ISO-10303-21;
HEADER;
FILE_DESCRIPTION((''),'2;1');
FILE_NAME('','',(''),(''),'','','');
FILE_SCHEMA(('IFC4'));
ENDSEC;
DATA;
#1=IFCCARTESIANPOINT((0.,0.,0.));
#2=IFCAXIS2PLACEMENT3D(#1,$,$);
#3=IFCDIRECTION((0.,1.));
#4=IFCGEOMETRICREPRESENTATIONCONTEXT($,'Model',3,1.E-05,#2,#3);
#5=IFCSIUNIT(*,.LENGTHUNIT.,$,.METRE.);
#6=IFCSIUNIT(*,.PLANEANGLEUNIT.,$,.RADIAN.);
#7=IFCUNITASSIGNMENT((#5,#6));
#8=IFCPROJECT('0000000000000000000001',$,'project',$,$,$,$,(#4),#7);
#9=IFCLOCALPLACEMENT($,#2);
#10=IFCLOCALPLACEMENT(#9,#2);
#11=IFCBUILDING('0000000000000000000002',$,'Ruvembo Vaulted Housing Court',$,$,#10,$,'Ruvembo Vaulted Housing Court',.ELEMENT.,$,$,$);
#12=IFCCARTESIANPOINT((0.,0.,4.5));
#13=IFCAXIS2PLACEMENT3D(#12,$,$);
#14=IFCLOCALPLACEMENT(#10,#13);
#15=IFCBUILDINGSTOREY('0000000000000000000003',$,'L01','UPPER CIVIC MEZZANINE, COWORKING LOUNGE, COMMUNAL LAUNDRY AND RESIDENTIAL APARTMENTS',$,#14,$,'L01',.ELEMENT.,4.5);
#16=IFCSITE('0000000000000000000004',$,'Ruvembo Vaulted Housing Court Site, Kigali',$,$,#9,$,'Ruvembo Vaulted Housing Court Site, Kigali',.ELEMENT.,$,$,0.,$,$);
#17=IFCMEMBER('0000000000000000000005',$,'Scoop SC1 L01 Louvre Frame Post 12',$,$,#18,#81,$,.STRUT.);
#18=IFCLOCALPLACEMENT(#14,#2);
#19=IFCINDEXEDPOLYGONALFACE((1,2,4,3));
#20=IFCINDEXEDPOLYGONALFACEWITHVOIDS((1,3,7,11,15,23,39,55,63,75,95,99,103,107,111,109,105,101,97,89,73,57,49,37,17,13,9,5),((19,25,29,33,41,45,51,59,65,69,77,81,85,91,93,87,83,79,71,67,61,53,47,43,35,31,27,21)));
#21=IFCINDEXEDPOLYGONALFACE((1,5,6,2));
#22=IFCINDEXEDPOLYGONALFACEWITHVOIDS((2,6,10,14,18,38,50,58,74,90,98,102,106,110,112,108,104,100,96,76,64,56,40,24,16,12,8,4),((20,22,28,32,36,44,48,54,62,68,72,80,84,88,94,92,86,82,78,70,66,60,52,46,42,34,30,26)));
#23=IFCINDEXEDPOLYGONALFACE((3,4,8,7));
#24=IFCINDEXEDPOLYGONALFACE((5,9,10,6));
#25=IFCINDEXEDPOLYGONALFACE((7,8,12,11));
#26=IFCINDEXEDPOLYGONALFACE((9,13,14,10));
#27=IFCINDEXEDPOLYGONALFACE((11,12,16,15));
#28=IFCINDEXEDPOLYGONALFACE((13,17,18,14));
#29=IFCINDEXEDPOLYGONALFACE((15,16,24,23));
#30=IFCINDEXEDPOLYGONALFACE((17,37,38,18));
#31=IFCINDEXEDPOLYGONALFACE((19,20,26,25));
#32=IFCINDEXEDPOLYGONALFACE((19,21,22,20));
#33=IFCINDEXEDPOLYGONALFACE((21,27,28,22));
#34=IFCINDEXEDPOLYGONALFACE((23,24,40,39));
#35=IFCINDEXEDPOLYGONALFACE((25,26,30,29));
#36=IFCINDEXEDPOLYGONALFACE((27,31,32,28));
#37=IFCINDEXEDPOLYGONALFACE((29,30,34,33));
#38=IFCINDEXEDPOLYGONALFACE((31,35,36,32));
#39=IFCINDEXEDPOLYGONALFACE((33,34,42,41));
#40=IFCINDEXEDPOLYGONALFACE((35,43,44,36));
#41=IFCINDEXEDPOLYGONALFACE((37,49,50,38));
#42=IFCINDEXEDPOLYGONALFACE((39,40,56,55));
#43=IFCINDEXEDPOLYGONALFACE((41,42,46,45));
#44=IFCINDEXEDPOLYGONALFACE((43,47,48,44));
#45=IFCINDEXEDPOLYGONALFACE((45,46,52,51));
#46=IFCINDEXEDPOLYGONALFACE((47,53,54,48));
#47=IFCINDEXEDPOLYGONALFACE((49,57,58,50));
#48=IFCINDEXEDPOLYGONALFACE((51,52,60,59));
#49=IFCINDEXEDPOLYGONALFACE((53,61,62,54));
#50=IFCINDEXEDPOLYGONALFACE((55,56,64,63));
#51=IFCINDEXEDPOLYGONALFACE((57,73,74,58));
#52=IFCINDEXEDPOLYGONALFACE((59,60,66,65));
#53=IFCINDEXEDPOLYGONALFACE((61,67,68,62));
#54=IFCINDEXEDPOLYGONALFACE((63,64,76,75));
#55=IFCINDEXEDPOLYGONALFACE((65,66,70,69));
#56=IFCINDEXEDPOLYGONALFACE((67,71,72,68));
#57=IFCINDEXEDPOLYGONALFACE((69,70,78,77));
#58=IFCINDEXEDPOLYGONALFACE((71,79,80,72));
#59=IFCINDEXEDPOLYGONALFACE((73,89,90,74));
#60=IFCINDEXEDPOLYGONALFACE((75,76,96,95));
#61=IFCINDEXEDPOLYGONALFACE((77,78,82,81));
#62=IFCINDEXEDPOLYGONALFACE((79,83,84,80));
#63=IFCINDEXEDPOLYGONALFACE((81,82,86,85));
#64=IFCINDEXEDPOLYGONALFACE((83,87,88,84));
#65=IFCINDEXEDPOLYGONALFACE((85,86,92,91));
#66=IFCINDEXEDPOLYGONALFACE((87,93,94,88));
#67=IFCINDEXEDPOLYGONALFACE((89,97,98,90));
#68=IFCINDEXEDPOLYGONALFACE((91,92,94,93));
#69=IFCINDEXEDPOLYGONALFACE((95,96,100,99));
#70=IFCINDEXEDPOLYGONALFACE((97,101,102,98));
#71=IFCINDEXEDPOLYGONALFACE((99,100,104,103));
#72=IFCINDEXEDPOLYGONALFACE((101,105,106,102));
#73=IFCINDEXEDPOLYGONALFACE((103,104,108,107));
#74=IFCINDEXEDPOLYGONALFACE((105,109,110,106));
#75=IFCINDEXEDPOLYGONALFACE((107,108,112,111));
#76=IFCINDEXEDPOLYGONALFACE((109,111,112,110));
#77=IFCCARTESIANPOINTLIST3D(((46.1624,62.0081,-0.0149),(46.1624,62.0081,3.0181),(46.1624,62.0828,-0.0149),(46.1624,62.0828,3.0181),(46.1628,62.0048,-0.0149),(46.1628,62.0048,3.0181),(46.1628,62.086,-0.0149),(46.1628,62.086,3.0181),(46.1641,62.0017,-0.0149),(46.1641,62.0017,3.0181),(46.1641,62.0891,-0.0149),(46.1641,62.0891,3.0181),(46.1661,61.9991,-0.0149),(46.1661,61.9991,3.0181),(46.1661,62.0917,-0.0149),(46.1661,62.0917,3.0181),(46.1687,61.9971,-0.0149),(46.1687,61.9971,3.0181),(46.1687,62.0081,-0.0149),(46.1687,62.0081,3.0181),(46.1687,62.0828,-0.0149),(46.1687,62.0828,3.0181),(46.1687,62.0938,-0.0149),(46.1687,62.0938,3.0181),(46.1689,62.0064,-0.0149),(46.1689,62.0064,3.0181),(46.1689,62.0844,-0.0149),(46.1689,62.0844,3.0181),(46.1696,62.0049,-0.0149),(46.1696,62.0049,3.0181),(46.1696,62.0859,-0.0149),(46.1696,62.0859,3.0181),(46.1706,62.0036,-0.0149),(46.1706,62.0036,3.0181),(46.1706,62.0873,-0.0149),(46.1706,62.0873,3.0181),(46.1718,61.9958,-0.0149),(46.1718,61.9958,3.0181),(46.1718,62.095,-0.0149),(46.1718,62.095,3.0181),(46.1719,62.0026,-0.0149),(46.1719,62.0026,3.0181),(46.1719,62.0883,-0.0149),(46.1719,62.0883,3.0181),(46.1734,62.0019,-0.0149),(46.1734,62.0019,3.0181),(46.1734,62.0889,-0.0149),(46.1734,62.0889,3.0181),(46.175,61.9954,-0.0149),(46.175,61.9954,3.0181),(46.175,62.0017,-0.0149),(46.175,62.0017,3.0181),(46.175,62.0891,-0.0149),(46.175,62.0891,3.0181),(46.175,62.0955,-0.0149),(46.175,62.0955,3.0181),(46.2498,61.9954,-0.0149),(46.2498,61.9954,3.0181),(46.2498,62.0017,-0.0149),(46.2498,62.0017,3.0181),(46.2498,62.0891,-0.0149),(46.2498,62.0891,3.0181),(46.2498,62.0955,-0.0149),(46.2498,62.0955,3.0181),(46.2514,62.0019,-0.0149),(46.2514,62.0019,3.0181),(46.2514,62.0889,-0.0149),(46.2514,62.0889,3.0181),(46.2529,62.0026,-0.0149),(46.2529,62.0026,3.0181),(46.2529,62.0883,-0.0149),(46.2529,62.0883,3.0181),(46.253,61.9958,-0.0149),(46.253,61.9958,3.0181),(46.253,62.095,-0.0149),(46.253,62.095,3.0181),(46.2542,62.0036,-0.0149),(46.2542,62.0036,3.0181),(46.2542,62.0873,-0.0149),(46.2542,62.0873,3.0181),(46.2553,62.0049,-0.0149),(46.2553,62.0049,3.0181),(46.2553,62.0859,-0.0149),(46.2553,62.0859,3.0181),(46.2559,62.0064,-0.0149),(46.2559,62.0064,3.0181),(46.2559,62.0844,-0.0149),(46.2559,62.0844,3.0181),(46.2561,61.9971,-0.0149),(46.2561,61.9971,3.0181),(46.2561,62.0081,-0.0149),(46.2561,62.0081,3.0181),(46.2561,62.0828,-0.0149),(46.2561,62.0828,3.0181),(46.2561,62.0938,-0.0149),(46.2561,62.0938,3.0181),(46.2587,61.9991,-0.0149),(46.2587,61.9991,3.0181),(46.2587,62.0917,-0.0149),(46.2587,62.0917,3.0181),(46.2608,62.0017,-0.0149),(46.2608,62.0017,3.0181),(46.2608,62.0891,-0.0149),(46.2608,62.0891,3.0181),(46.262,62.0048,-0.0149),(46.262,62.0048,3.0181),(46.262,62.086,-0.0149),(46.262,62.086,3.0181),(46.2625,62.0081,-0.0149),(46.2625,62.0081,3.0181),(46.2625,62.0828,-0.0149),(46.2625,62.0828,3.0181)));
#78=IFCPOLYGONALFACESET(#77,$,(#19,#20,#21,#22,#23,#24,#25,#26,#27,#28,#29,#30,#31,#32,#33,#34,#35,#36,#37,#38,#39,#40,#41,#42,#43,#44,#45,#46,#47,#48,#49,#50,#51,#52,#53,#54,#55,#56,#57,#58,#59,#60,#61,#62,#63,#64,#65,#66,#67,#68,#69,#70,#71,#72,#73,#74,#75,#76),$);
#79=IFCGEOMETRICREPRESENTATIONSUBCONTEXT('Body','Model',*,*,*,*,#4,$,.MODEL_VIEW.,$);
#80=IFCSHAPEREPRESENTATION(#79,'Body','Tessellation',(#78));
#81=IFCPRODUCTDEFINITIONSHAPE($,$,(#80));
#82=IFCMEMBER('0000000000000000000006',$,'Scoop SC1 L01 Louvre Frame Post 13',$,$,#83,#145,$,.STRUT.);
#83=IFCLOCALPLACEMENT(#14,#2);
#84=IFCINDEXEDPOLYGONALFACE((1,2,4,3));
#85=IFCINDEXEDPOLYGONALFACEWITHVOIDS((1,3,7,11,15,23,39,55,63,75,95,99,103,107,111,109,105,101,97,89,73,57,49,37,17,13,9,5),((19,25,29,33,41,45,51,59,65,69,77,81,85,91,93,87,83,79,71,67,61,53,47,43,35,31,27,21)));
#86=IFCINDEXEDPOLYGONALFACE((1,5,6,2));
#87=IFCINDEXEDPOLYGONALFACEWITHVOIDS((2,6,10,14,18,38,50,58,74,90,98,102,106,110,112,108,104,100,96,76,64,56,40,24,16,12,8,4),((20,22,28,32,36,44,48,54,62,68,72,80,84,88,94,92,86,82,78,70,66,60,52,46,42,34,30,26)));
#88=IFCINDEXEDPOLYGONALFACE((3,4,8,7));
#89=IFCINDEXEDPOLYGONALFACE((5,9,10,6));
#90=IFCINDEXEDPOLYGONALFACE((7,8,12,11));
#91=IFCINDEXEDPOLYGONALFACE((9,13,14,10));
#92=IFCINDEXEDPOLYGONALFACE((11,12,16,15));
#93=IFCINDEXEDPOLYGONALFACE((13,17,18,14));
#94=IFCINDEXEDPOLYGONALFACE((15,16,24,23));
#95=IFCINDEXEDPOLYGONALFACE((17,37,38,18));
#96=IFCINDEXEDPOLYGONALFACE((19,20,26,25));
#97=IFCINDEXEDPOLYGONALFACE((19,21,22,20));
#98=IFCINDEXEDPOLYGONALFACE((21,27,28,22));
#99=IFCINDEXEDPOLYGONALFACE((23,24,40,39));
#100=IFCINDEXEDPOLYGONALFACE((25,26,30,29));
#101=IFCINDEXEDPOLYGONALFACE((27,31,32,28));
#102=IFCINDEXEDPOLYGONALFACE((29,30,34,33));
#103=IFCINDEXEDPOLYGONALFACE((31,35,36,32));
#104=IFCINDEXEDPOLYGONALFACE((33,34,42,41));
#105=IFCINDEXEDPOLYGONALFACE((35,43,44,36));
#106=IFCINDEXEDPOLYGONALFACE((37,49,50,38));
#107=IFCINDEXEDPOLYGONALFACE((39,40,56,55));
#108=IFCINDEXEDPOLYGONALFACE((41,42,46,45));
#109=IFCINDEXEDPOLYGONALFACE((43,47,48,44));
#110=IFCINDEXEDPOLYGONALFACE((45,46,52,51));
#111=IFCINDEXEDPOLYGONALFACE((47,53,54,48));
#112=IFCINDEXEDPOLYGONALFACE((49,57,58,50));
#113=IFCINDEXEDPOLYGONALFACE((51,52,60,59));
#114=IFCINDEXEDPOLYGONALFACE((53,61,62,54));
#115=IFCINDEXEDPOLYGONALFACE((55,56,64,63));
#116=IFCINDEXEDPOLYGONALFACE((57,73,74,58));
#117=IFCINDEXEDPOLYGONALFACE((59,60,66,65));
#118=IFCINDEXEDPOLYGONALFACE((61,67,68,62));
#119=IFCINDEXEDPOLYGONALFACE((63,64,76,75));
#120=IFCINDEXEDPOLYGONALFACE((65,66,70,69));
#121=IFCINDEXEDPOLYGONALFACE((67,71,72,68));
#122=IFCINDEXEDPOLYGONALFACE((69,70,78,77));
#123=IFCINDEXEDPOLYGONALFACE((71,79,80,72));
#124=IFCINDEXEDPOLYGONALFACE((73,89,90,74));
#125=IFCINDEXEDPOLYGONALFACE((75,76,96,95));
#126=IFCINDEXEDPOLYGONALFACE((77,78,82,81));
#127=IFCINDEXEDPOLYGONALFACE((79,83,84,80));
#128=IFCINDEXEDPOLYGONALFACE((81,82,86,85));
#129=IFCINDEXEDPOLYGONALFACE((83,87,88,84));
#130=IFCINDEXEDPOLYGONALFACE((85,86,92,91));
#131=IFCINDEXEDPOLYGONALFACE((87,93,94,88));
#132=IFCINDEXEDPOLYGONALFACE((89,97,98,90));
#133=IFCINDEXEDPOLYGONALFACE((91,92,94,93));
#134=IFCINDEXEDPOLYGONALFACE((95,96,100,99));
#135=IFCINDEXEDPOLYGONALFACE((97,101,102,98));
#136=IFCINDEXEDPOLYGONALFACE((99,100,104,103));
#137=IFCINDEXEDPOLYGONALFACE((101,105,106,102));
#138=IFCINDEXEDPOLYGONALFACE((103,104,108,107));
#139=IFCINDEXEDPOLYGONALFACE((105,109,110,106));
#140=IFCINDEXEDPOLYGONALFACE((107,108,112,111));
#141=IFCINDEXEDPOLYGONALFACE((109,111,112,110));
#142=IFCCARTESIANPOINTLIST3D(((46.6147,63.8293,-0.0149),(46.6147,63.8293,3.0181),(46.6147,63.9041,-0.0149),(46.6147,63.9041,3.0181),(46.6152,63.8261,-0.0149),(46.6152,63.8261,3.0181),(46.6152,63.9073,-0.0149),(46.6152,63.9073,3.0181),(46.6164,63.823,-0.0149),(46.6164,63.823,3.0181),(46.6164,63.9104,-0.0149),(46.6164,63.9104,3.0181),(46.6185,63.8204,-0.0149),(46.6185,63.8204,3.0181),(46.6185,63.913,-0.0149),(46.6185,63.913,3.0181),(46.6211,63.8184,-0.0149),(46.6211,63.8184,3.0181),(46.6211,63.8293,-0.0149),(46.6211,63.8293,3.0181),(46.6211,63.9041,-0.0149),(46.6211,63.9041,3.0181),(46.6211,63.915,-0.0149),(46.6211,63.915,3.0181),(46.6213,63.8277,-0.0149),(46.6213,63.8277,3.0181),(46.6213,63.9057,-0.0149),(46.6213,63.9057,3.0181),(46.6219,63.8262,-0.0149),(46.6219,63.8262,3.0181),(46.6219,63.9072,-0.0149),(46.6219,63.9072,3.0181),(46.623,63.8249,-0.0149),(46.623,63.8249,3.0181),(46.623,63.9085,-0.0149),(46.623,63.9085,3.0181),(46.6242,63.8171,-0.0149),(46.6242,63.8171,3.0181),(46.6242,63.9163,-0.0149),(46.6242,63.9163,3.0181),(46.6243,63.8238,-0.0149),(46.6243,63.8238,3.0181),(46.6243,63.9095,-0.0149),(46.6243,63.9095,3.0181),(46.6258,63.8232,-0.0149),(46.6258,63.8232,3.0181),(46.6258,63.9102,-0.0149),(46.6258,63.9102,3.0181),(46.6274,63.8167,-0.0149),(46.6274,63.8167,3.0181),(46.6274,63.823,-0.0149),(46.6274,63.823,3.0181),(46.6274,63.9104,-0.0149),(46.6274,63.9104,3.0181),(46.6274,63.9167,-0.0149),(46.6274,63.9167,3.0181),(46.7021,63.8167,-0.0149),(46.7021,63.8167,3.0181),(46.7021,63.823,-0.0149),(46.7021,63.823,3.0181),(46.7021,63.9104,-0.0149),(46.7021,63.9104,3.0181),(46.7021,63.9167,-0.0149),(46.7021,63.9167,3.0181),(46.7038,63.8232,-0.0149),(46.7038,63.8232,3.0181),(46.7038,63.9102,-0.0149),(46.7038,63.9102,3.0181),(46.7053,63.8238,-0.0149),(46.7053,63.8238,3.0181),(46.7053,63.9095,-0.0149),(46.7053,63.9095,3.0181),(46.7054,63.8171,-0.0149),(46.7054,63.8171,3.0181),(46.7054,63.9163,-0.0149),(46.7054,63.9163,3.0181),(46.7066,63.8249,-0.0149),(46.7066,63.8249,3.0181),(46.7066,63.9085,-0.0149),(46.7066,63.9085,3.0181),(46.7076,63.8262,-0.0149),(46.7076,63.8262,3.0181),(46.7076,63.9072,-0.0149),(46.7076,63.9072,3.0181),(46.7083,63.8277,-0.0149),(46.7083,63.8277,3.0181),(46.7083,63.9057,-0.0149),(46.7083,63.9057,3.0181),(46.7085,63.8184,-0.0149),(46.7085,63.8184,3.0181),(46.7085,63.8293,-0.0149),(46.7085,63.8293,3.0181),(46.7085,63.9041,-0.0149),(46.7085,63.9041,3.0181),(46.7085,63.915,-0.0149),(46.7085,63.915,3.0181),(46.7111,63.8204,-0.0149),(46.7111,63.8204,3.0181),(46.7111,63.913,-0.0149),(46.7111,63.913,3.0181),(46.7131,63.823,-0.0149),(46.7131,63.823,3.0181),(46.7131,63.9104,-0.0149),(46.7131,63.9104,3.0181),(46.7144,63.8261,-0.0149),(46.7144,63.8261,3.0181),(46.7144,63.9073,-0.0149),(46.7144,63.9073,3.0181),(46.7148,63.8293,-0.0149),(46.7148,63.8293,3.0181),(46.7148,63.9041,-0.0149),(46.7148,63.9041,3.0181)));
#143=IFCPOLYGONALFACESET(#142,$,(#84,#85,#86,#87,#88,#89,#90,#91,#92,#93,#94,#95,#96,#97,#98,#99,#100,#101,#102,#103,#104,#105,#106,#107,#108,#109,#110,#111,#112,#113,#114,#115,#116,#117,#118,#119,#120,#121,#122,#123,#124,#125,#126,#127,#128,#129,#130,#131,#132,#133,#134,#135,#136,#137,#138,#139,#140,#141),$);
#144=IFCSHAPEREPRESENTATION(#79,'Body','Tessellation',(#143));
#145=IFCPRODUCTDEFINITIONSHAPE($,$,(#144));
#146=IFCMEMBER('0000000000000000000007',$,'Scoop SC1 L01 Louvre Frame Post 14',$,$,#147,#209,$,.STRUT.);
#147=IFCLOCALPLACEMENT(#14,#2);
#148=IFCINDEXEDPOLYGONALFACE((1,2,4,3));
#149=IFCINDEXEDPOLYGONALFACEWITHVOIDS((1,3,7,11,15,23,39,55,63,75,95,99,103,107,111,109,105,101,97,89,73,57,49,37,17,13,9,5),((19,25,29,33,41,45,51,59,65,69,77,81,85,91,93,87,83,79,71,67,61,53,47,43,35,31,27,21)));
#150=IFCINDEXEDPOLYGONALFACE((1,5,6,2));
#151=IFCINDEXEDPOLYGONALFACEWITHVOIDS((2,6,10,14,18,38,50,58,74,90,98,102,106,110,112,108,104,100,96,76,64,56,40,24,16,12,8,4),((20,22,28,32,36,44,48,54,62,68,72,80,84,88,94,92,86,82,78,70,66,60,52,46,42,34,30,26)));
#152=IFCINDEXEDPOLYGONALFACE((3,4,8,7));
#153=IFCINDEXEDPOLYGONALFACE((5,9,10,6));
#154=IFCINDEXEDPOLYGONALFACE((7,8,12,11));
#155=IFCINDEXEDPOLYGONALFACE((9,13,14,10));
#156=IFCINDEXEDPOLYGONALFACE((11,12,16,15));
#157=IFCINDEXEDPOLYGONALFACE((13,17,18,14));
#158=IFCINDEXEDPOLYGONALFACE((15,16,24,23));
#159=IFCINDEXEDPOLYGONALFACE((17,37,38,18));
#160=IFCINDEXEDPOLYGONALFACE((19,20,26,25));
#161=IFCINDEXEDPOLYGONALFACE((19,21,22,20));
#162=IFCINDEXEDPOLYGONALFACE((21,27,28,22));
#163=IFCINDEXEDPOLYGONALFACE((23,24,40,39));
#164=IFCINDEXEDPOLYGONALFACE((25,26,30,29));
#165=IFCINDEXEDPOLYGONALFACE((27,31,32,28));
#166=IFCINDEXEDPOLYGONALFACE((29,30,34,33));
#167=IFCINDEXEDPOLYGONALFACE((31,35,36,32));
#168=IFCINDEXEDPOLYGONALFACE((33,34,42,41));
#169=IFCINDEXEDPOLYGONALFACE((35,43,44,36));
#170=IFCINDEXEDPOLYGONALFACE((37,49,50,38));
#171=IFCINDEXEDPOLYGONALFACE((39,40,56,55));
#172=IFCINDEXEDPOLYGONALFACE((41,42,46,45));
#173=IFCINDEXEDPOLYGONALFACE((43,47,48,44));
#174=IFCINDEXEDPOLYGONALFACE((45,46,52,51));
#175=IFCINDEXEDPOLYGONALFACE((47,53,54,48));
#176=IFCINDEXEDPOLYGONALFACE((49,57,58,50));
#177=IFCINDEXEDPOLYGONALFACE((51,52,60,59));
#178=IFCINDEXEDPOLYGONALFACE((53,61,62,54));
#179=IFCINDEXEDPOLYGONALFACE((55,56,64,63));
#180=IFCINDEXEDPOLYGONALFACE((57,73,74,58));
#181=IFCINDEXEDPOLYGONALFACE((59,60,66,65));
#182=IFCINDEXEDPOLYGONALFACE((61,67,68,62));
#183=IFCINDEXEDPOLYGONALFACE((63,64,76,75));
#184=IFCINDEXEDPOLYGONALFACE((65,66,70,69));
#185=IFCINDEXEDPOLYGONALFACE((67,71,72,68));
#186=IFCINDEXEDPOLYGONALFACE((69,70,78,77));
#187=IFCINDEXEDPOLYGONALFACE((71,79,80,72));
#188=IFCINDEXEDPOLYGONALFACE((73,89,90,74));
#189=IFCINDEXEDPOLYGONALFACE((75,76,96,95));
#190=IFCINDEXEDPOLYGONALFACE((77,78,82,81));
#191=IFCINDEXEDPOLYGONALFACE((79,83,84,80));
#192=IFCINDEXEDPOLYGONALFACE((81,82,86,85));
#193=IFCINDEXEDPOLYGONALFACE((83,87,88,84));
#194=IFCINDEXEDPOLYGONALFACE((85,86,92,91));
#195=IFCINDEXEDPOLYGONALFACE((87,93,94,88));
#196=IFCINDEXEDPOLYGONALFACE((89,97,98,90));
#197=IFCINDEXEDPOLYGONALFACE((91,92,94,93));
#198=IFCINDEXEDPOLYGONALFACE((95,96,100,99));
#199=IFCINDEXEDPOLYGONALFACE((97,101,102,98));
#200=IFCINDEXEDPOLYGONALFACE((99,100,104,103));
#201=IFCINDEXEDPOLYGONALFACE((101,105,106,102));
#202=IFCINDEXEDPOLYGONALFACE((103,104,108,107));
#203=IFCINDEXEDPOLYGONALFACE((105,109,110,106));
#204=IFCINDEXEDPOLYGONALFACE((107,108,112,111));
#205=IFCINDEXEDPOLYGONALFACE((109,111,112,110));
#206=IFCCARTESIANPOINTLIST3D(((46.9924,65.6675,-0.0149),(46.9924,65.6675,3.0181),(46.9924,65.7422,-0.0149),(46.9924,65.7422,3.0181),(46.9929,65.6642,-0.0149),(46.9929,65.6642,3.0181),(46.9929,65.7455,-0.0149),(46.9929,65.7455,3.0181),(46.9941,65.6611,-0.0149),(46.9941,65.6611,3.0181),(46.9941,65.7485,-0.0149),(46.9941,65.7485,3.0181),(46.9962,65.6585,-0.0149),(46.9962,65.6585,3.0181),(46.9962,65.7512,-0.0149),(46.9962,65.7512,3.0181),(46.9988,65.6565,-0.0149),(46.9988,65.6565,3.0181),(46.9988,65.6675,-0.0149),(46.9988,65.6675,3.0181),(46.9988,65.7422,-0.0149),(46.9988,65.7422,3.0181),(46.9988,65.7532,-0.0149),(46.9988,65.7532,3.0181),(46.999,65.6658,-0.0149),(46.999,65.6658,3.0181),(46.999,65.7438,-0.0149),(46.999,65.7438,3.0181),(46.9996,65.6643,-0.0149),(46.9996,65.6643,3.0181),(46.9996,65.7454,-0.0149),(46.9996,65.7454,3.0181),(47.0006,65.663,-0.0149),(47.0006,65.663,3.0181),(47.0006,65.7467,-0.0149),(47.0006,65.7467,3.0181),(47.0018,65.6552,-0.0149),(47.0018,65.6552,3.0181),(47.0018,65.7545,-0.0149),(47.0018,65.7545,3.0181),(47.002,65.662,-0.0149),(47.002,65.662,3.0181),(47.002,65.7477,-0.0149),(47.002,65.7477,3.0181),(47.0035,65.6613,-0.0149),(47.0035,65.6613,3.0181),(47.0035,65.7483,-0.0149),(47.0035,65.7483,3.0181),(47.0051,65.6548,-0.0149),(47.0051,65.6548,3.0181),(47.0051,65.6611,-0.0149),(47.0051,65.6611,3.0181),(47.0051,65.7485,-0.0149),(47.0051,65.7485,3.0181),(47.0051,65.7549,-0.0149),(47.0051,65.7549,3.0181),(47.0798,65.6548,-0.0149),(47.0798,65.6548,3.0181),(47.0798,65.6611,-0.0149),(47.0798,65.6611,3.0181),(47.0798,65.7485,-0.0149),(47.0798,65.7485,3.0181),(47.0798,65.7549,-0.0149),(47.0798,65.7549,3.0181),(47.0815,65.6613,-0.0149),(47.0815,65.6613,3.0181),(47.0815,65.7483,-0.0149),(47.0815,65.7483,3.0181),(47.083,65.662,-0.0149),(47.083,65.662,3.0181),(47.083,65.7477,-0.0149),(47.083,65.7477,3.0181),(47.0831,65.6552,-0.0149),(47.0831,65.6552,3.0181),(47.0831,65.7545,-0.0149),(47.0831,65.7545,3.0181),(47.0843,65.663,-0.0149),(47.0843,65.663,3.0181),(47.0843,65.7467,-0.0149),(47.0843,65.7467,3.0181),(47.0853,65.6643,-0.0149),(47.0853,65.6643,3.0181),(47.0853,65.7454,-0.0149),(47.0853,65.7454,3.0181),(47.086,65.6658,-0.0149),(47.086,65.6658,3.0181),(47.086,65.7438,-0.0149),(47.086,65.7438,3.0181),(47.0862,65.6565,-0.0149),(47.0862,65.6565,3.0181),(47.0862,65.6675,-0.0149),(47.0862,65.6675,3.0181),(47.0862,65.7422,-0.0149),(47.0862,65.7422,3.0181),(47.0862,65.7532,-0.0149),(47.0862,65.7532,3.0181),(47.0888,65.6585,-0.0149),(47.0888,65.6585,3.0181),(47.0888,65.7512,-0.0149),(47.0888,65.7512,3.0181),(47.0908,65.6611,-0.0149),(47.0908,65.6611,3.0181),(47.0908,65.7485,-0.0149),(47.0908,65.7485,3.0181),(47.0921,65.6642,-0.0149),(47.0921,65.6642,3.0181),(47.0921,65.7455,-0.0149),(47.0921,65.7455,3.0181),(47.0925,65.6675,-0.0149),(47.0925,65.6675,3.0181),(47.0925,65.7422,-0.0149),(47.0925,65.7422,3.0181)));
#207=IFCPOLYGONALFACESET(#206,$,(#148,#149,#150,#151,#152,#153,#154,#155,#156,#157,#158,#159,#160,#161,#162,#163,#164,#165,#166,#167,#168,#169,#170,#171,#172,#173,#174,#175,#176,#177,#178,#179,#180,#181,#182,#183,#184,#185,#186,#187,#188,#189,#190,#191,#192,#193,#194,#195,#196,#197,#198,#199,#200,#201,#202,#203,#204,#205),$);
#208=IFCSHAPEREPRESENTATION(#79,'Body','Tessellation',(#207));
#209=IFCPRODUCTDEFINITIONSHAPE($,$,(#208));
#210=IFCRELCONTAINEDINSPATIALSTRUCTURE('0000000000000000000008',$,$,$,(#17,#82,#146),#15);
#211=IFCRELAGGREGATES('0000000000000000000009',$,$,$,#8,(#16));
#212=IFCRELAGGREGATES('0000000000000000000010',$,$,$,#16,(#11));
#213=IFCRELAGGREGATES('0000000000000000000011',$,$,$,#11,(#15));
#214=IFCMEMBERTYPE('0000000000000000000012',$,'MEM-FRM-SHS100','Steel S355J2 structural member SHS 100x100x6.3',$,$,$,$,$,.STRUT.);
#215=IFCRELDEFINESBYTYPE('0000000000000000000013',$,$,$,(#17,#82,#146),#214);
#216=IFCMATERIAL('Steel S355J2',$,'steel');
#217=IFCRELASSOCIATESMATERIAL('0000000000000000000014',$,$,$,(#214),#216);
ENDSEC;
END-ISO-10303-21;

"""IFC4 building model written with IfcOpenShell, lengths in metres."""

from ifc_helpers import new_model, si_unit, direction, frame, origin, origin_2d, place, context, subcontext, project, spatial, hollow_rectangle, extrude, material, material_profile, profile_set, type_object, element, save


model = new_model("IFC4")

# Units and contexts
model_context = context("Model", 3, precision=1e-05, world=origin(), true_north=direction((0.0, 1.0)))
body_context = subcontext(model_context, "Body", "Model", "MODEL_VIEW")
ifc_project = project(units=[si_unit("LENGTHUNIT", "METRE"), si_unit("PLANEANGLEUNIT", "RADIAN")], contexts=[model_context])

# Site, building, storey
site_placement = place(None, origin())
site = spatial("IfcSite", under=ifc_project, at=site_placement, Name="Ruvembo Vaulted Housing Court Site, Kigali", LongName="Ruvembo Vaulted Housing Court Site, Kigali", CompositionType="ELEMENT", RefElevation=0.0)
building_placement = place(site_placement, origin())
building = spatial("IfcBuilding", under=site, at=building_placement, Name="Ruvembo Vaulted Housing Court", LongName="Ruvembo Vaulted Housing Court", CompositionType="ELEMENT")
storey_placement = place(building_placement, frame((0.0, 0.0, 4.5)))
storey = spatial("IfcBuildingStorey", under=building, at=storey_placement, Name="L01", Description="UPPER CIVIC MEZZANINE, COWORKING LOUNGE, COMMUNAL LAUNDRY AND RESIDENTIAL APARTMENTS", LongName="L01", CompositionType="ELEMENT", Elevation=4.5)

# Shared definitions
ifc_material_1 = material(Name="Steel S355J2", Category="steel")

# Members
ifc_material_profile_1 = material_profile(ifc_material_1, hollow_rectangle(XDim=0.1001, YDim=0.1001, WallThickness=0.0063, InnerFilletRadius=0.0063, OuterFilletRadius=0.0127, at=origin_2d()), Name="SHS 100x100x6.3")
ifc_profile_set_1 = profile_set([ifc_material_profile_1], Name="Steel S355J2")
member_type_1 = type_object("IfcMemberType", Name="MEM-FRM-SHS100", Description="Steel S355J2 structural member SHS 100x100x6.3", PredefinedType="STRUT", material=ifc_profile_set_1)
for number, where, z_axis, x_axis, name in (
    (1, (46.2124, 62.0454, -0.0149), (0.0, 0.0, 1.0), (1.0, 0.0, 0.0), "Scoop SC1 L01 Louvre Frame Post 12"),
    (2, (46.6648, 63.8667, -0.0149), (0.0, 0.0, 1.0), (1.0, 0.0, 0.0), "Scoop SC1 L01 Louvre Frame Post 13"),
    (3, (47.0425, 65.7048, -0.0149), (0.0, 0.0, 1.0), (1.0, 0.0, 0.0), "Scoop SC1 L01 Louvre Frame Post 14"),
):
    element("IfcMember", number, at=place(storey_placement, frame(where, z_axis=z_axis, x_axis=x_axis)), inside=storey, type_object=member_type_1, Name=name, PredefinedType="STRUT", context=body_context, shape_type="SweptSolid", body=[
        extrude(hollow_rectangle(XDim=0.1001, YDim=0.1001, WallThickness=0.0063, InnerFilletRadius=0.0063, OuterFilletRadius=0.0127, at=origin_2d()), origin(), (0.0, 0.0, 1.0), 3.033),
    ])

save(model, "model.ifc")
